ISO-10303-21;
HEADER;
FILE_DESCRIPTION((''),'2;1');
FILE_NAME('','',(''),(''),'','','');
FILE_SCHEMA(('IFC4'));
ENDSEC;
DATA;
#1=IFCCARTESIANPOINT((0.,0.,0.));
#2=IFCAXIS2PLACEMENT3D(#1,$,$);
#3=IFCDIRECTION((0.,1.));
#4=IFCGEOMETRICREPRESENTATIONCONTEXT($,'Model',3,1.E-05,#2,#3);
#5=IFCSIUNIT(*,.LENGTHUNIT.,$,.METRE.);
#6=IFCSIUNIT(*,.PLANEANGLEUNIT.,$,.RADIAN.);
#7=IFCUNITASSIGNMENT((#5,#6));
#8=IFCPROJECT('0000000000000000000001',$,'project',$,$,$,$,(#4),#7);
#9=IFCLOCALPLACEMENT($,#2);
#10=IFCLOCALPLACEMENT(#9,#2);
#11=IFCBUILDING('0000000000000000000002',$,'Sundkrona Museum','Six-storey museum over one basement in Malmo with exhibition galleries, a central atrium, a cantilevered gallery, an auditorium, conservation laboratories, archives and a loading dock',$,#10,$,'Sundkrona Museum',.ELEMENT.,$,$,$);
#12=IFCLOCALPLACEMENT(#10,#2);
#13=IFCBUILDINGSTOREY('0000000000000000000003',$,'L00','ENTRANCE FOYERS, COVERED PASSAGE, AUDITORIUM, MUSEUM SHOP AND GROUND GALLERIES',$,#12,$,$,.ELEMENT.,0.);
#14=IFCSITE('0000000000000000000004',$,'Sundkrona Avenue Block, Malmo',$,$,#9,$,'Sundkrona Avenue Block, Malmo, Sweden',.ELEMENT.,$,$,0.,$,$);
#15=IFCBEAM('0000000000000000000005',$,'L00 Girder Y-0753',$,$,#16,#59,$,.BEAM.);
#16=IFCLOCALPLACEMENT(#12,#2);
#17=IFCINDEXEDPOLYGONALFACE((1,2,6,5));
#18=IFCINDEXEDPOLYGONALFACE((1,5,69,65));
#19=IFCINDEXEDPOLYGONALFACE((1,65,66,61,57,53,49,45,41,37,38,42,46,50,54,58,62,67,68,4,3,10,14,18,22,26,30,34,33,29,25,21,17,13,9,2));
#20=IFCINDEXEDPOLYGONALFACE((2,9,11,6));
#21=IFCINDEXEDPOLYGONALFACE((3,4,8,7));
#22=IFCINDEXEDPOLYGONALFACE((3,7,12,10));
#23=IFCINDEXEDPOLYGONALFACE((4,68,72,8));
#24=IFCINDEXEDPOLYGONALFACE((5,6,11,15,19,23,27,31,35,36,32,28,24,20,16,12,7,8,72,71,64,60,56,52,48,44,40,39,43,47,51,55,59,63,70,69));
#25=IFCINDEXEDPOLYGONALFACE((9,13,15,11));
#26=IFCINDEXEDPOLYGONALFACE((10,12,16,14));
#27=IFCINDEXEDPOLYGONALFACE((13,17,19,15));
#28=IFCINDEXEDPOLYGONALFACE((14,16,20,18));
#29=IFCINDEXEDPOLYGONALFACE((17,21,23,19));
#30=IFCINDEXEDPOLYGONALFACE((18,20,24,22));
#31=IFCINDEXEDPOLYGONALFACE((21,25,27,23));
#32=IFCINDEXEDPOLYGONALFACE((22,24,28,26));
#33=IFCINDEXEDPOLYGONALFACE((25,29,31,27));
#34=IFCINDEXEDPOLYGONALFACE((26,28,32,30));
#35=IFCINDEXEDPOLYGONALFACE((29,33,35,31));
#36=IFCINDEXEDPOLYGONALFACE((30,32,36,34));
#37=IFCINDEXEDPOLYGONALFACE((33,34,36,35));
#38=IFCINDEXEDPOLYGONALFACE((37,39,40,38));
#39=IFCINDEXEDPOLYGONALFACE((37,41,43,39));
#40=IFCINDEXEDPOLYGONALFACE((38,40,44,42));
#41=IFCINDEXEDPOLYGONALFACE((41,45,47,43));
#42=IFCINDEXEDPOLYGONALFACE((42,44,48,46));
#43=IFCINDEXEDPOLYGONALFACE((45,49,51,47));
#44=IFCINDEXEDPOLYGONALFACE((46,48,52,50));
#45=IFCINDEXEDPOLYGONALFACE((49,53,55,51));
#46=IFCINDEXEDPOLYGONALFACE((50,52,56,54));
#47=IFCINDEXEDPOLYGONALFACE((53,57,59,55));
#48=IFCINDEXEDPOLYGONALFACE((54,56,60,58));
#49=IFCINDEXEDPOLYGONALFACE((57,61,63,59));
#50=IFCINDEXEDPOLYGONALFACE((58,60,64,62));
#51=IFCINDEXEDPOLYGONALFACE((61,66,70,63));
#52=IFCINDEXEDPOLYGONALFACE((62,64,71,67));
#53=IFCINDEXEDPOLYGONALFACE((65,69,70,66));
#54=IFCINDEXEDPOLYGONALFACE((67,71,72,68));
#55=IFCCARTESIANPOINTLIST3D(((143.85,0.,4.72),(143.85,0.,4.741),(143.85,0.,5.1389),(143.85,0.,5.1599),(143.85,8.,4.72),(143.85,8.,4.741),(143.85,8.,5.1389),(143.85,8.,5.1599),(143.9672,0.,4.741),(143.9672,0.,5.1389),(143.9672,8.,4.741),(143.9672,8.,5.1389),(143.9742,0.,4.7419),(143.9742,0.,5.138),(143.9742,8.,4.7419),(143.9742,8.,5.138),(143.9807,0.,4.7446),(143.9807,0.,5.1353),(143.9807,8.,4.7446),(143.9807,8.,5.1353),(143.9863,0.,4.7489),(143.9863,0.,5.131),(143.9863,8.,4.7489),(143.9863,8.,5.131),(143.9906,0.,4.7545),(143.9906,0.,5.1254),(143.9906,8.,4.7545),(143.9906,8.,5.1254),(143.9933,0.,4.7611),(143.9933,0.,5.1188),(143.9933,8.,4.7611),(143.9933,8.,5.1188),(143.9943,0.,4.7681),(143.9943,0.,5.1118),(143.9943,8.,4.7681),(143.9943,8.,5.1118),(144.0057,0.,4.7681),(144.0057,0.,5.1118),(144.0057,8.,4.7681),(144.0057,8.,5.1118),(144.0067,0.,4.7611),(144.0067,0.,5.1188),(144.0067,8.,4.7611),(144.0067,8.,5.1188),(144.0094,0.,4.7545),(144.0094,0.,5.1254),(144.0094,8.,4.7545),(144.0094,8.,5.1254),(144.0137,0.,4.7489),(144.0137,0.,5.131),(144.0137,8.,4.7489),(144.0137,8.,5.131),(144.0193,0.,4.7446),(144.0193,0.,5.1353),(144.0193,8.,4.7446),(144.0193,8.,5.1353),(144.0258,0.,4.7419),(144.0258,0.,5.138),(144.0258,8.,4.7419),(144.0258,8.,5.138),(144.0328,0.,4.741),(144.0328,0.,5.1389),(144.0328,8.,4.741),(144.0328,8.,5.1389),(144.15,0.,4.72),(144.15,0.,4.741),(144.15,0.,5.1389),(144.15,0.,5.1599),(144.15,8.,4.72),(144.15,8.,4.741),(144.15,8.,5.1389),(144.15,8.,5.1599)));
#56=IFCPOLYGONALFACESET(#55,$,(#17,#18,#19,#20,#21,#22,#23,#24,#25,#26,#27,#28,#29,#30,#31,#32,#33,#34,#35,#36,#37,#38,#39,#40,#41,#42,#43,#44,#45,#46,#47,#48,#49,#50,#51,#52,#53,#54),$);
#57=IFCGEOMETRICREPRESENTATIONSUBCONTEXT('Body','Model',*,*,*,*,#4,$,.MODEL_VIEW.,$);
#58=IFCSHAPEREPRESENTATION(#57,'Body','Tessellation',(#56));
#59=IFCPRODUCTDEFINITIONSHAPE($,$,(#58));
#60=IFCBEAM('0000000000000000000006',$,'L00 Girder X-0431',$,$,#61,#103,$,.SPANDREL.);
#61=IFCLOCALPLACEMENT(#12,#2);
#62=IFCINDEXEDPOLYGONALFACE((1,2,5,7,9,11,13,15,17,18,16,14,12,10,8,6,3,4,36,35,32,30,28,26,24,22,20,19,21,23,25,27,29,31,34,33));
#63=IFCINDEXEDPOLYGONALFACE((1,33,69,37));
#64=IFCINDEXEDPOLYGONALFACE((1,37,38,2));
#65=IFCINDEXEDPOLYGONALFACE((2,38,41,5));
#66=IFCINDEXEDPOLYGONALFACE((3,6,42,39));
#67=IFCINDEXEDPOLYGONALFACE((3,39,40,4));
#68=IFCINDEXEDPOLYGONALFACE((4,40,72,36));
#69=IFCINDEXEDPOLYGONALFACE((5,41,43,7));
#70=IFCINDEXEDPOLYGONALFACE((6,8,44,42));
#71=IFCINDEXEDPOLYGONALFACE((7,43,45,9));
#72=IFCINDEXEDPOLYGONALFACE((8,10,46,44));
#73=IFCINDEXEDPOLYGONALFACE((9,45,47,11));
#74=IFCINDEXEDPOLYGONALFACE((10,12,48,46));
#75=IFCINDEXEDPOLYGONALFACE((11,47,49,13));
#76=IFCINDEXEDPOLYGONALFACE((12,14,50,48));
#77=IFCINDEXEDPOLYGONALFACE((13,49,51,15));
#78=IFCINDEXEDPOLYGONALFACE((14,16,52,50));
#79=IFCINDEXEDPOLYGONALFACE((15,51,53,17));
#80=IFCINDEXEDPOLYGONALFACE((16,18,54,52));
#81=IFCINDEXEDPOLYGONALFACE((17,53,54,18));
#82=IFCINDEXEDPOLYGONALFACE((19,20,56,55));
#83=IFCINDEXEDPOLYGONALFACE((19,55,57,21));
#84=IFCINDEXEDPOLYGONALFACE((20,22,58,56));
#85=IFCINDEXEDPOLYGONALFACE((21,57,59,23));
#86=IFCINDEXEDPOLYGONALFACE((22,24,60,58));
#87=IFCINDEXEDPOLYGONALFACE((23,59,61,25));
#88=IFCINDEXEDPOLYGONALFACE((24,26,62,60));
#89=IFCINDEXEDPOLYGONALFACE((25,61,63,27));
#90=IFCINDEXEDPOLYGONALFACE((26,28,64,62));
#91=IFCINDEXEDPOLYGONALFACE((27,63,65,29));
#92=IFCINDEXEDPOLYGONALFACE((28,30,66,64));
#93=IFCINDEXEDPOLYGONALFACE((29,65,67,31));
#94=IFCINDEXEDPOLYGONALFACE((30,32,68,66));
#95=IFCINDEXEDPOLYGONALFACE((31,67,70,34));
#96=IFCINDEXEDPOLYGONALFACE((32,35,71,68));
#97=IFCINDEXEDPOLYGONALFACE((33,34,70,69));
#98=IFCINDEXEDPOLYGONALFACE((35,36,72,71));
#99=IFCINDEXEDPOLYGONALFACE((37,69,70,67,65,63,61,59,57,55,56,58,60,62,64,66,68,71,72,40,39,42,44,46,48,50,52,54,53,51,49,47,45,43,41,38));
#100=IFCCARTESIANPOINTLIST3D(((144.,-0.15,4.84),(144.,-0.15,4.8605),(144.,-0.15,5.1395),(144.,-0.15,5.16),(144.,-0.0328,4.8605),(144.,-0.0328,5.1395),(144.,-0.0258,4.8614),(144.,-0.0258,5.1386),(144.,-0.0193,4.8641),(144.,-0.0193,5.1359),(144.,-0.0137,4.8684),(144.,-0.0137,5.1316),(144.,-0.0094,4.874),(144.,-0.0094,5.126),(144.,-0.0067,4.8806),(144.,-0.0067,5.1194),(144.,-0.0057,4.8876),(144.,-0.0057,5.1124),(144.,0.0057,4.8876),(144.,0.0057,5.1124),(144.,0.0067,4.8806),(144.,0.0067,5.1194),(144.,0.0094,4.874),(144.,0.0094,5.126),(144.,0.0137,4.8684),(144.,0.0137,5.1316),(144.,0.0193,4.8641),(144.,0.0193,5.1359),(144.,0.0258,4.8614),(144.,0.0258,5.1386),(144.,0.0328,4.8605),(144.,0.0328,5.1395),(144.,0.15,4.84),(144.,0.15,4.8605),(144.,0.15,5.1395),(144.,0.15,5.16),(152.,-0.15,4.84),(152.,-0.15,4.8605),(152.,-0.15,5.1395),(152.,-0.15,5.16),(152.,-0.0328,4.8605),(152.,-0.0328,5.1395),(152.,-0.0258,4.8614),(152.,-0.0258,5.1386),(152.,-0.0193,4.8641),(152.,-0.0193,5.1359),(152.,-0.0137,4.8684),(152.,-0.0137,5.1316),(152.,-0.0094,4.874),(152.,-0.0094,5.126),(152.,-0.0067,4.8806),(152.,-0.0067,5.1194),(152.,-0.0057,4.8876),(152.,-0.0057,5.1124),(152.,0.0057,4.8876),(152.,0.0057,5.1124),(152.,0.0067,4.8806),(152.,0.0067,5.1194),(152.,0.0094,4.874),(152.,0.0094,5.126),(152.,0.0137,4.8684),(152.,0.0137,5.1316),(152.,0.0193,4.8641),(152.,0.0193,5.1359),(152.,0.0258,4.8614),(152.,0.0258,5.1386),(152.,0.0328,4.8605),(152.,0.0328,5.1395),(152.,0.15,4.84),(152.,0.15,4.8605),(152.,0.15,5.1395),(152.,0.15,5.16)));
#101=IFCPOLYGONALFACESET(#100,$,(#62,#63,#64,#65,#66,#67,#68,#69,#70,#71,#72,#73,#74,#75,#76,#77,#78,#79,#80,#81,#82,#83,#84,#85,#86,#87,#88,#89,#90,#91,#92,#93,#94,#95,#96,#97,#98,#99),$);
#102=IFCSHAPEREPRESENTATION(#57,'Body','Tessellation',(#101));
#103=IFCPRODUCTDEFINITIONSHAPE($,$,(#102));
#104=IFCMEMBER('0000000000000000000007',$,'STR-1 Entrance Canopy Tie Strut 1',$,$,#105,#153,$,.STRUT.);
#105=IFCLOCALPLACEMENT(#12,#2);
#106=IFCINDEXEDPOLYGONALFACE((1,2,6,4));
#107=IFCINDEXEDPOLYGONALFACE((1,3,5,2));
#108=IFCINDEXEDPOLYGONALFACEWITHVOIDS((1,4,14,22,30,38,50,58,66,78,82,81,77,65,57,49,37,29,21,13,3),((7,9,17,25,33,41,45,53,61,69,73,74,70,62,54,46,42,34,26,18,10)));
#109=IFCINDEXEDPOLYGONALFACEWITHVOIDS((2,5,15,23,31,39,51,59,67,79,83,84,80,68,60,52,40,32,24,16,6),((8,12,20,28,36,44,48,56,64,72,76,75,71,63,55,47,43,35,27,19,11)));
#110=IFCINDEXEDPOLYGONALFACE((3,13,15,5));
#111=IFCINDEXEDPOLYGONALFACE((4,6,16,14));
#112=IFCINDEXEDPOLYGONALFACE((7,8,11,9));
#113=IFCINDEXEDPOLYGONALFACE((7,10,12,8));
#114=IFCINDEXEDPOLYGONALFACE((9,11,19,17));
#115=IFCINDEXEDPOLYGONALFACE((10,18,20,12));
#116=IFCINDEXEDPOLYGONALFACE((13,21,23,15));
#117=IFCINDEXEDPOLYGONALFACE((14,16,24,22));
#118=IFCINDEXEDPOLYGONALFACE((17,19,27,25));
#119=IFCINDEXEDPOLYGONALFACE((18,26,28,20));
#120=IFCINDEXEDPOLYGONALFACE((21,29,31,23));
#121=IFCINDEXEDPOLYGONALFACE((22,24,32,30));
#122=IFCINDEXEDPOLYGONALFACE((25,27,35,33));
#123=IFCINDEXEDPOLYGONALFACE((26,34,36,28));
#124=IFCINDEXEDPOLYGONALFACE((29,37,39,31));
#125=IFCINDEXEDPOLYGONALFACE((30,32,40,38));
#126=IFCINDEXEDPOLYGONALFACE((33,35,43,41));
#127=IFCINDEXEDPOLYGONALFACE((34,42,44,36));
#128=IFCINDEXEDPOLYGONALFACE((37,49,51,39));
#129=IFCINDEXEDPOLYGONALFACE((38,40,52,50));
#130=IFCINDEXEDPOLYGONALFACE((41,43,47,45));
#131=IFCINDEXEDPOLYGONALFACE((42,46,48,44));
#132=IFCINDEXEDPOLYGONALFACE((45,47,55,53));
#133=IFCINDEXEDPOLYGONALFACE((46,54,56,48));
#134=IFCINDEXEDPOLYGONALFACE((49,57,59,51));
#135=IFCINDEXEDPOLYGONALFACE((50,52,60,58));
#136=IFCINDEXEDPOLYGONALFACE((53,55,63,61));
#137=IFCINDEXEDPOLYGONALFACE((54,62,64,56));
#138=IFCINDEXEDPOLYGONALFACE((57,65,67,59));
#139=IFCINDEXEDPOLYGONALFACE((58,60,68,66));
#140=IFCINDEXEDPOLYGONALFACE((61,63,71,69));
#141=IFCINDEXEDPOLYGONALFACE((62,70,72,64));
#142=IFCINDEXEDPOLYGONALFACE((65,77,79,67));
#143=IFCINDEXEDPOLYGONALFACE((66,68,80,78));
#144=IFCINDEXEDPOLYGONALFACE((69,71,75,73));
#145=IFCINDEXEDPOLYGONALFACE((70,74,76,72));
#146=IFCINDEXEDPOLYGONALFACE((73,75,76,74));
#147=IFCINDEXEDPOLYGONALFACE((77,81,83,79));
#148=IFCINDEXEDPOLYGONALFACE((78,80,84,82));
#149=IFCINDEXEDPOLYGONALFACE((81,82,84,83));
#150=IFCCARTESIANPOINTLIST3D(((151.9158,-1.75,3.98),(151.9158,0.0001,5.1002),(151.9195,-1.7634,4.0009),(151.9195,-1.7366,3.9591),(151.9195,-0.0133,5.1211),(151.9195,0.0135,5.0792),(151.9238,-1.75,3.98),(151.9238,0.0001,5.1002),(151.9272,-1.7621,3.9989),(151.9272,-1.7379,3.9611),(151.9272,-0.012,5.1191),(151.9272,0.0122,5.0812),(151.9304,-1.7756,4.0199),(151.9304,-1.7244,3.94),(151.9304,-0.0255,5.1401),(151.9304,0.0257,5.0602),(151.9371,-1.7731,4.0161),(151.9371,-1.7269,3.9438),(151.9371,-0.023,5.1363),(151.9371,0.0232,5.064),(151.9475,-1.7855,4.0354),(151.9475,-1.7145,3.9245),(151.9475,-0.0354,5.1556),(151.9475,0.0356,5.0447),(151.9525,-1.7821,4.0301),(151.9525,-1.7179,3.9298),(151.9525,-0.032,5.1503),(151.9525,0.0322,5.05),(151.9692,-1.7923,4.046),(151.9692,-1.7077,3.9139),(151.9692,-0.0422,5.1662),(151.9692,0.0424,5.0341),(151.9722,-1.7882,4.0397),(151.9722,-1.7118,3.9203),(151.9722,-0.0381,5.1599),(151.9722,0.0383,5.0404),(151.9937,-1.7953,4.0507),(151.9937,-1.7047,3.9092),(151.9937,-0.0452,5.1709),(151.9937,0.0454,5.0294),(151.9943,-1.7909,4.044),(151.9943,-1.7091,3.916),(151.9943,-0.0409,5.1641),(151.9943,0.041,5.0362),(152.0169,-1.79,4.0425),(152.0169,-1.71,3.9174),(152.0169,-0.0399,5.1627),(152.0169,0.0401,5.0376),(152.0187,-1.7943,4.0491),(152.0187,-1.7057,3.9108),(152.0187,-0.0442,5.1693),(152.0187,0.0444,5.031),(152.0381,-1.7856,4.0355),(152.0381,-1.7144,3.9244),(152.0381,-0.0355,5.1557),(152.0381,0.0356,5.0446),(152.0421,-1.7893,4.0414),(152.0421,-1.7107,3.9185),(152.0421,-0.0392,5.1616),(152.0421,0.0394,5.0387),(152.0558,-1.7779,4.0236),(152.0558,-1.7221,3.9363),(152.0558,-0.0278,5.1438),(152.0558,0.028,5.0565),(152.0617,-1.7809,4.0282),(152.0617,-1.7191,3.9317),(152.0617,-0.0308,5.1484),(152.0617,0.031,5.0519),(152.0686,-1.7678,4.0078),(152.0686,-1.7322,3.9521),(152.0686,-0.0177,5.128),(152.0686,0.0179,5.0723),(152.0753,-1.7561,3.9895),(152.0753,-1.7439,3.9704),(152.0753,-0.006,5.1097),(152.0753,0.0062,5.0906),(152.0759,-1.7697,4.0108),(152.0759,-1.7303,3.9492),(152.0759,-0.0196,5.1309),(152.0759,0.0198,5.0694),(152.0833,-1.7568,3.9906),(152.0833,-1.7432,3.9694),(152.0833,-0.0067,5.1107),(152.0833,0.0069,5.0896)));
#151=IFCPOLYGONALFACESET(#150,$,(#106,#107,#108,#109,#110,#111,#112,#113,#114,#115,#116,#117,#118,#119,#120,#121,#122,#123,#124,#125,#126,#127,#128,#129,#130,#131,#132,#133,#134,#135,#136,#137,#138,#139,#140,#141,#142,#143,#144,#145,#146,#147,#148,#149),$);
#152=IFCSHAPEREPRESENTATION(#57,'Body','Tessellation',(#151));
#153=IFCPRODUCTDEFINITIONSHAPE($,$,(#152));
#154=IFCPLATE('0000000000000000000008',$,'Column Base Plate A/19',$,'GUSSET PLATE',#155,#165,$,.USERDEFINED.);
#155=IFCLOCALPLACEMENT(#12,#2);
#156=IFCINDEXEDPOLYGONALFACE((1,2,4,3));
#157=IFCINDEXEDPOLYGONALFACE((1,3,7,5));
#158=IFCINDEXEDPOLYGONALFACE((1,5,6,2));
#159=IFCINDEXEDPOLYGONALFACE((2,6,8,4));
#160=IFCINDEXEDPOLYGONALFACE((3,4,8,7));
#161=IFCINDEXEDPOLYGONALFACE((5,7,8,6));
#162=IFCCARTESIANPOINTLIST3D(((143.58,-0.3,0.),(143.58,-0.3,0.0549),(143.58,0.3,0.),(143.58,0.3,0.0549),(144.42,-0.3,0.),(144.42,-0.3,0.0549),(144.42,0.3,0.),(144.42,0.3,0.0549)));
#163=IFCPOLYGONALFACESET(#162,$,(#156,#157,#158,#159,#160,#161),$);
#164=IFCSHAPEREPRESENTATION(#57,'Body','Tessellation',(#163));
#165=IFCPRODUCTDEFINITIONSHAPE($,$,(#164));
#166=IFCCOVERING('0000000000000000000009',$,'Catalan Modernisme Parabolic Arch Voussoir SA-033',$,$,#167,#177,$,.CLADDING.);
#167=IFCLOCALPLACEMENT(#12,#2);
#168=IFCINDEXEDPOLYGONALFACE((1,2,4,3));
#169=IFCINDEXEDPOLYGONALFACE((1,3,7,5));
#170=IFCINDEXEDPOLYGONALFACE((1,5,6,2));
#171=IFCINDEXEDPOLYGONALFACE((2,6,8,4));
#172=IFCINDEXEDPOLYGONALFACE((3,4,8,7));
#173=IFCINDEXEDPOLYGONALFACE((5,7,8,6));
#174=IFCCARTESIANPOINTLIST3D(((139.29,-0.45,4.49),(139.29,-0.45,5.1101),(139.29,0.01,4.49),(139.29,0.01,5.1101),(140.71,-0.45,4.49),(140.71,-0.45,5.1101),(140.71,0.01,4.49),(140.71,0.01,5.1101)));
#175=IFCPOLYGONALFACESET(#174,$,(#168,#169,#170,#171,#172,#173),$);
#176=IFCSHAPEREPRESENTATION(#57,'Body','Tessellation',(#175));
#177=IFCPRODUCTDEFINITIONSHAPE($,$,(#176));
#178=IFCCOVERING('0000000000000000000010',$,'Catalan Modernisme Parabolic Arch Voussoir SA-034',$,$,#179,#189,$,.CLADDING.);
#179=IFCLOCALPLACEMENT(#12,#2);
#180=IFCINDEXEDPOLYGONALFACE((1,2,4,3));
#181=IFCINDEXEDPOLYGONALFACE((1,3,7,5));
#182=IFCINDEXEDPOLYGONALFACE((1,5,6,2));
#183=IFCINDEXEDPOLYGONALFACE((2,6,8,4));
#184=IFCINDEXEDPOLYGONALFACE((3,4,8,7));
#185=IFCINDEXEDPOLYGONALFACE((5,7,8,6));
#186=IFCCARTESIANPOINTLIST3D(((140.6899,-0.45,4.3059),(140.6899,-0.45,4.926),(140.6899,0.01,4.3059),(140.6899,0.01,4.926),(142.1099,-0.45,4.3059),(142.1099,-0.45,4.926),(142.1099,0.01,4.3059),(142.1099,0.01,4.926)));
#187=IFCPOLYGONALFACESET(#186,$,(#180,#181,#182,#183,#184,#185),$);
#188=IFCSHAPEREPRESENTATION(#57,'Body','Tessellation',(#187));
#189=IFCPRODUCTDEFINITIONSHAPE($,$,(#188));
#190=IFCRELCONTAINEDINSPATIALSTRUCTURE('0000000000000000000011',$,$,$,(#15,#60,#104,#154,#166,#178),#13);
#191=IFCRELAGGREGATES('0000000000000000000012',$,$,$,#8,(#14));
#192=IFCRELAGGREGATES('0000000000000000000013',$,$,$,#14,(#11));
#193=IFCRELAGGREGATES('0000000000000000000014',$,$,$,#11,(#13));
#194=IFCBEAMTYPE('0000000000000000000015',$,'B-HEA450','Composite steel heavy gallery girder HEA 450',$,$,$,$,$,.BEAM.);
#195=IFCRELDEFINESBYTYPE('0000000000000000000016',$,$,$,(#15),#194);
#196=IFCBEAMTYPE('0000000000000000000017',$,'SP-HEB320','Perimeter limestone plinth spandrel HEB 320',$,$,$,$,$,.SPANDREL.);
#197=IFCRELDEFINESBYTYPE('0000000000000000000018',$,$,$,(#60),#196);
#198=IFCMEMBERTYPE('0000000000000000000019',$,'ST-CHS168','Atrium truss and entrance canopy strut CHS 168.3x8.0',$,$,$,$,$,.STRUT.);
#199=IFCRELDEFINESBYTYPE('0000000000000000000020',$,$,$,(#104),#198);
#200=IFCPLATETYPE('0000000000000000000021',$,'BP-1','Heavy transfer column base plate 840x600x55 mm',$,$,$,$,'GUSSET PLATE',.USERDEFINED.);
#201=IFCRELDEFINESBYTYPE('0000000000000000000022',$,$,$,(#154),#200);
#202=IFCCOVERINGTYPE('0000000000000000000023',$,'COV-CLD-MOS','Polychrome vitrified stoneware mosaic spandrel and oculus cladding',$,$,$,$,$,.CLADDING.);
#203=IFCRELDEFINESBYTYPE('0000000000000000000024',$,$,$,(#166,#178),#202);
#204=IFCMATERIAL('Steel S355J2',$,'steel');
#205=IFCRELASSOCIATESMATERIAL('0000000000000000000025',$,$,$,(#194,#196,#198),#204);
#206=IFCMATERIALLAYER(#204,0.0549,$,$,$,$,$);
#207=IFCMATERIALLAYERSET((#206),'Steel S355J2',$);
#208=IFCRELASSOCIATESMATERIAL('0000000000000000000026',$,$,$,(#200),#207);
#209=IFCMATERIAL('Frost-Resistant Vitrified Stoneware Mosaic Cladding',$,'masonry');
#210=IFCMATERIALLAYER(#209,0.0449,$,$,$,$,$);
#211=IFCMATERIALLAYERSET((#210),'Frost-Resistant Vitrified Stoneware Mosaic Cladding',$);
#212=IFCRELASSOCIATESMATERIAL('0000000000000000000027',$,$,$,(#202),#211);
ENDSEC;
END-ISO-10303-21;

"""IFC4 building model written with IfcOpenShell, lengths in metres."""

from ifc_helpers import new_model, si_unit, direction, frame, origin, origin_2d, place, context, subcontext, project, spatial, rectangle, hollow_circle, i_section, extrude, material, layer, layer_set, material_profile, profile_set, type_object, element, save


model = new_model("IFC4")

# Units and contexts
model_context = context("Model", 3, precision=1e-05, world=origin(), true_north=direction((0.0, 1.0)))
body_context = subcontext(model_context, "Body", "Model", "MODEL_VIEW")
ifc_project = project(units=[si_unit("LENGTHUNIT", "METRE"), si_unit("PLANEANGLEUNIT", "RADIAN")], contexts=[model_context])

# Site, building, storey
site_placement = place(None, origin())
site = spatial("IfcSite", under=ifc_project, at=site_placement, Name="Sundkrona Avenue Block, Malmo", LongName="Sundkrona Avenue Block, Malmo, Sweden", CompositionType="ELEMENT", RefElevation=0.0)
building_placement = place(site_placement, origin())
building = spatial("IfcBuilding", under=site, at=building_placement, Name="Sundkrona Museum", Description="Six-storey museum over one basement in Malmo with exhibition galleries, a central atrium, a cantilevered gallery, an auditorium, conservation laboratories, archives and a loading dock", LongName="Sundkrona Museum", CompositionType="ELEMENT")
storey_placement = place(building_placement, origin())
storey = spatial("IfcBuildingStorey", under=building, at=storey_placement, Name="L00", Description="ENTRANCE FOYERS, COVERED PASSAGE, AUDITORIUM, MUSEUM SHOP AND GROUND GALLERIES", CompositionType="ELEMENT", Elevation=0.0)

# Shared definitions
ifc_material_1 = material(Name="Steel S355J2", Category="steel")

# Beams
ifc_material_profile_1 = material_profile(ifc_material_1, i_section(OverallWidth=0.3, OverallDepth=0.4399, WebThickness=0.0115, FlangeThickness=0.021, FilletRadius=0.0271, at=origin_2d()), Name="HEA 450")
ifc_profile_set_1 = profile_set([ifc_material_profile_1], Name="Steel S355J2")
beam_type_1 = type_object("IfcBeamType", Name="B-HEA450", Description="Composite steel heavy gallery girder HEA 450", PredefinedType="BEAM", material=ifc_profile_set_1)
beam_1_placement = place(storey_placement, frame((144.0, 0.0, 4.9399), z_axis=(0.0, 1.0, 0.0), x_axis=(-1.0, 0.0, 0.0)))
element("IfcBeam", 1, at=beam_1_placement, inside=storey, type_object=beam_type_1, Name="L00 Girder Y-0753", PredefinedType="BEAM", context=body_context, shape_type="SweptSolid", body=[
    extrude(i_section(OverallWidth=0.3, OverallDepth=0.4399, WebThickness=0.0115, FlangeThickness=0.021, FilletRadius=0.0271, at=origin_2d()), origin(), (0.0, 0.0, 1.0), 8.0),
])
ifc_material_profile_2 = material_profile(ifc_material_1, i_section(OverallWidth=0.3, OverallDepth=0.3201, WebThickness=0.0115, FlangeThickness=0.0205, FilletRadius=0.0271, at=origin_2d()), Name="HEB 320")
ifc_profile_set_2 = profile_set([ifc_material_profile_2], Name="Steel S355J2")
beam_type_2 = type_object("IfcBeamType", Name="SP-HEB320", Description="Perimeter limestone plinth spandrel HEB 320", PredefinedType="SPANDREL", material=ifc_profile_set_2)
beam_2_placement = place(storey_placement, frame((144.0, 0.0, 5.0), z_axis=(1.0, 0.0, 0.0), x_axis=(0.0, 1.0, 0.0)))
element("IfcBeam", 2, at=beam_2_placement, inside=storey, type_object=beam_type_2, Name="L00 Girder X-0431", PredefinedType="SPANDREL", context=body_context, shape_type="SweptSolid", body=[
    extrude(i_section(OverallWidth=0.3, OverallDepth=0.3201, WebThickness=0.0115, FlangeThickness=0.0205, FilletRadius=0.0271, at=origin_2d()), origin(), (0.0, 0.0, 1.0), 8.0),
])

# Member
ifc_material_profile_3 = material_profile(ifc_material_1, hollow_circle(Radius=0.0842, WallThickness=0.0081, at=origin_2d()), Name="CHS 168.3x8.0")
ifc_profile_set_3 = profile_set([ifc_material_profile_3], Name="Steel S355J2")
member_type = type_object("IfcMemberType", Name="ST-CHS168", Description="Atrium truss and entrance canopy strut CHS 168.3x8.0", PredefinedType="STRUT", material=ifc_profile_set_3)
member_placement = place(storey_placement, frame((152.0, -1.75, 3.98), z_axis=(0.0, 0.842246, 0.539094), x_axis=(-1.0, 0.0, 0.0)))
element("IfcMember", 3, at=member_placement, inside=storey, type_object=member_type, Name="STR-1 Entrance Canopy Tie Strut 1", PredefinedType="STRUT", context=body_context, shape_type="SweptSolid", body=[
    extrude(hollow_circle(Radius=0.0842, WallThickness=0.0081, at=origin_2d()), origin(), (0.0, 0.0, 1.0), 2.0779),
])

# Plate
ifc_layer_1 = layer(ifc_material_1, 0.0549)
ifc_layer_set_1 = layer_set([ifc_layer_1], Name="Steel S355J2")
plate_type = type_object("IfcPlateType", Name="BP-1", Description="Heavy transfer column base plate 840x600x55 mm", ElementType="GUSSET PLATE", PredefinedType="USERDEFINED", material=ifc_layer_set_1)
plate_placement = place(storey_placement, frame((144.0, 0.0, 0.0), z_axis=(0.0, 0.0, 1.0), x_axis=(1.0, 0.0, 0.0)))
element("IfcPlate", 4, at=plate_placement, inside=storey, type_object=plate_type, Name="Column Base Plate A/19", ObjectType="GUSSET PLATE", PredefinedType="USERDEFINED", context=body_context, shape_type="SweptSolid", body=[
    extrude(rectangle(XDim=0.8401, YDim=0.6001, at=origin_2d()), origin(), (0.0, 0.0, 1.0), 0.0549),
])

# Coverings
ifc_material_2 = material(Name="Frost-Resistant Vitrified Stoneware Mosaic Cladding", Category="masonry")
ifc_layer_2 = layer(ifc_material_2, 0.0449)
ifc_layer_set_2 = layer_set([ifc_layer_2], Name="Frost-Resistant Vitrified Stoneware Mosaic Cladding")
covering_type = type_object("IfcCoveringType", Name="COV-CLD-MOS", Description="Polychrome vitrified stoneware mosaic spandrel and oculus cladding", PredefinedType="CLADDING", material=ifc_layer_set_2)
for number, where, z_axis, x_axis, name in (
    (5, (140.0, -0.22, 4.49), (0.0, 0.0, 1.0), (1.0, 0.0, 0.0), "Catalan Modernisme Parabolic Arch Voussoir SA-033"),
    (6, (141.3999, -0.22, 4.3059), (0.0, 0.0, 1.0), (1.0, 0.0, 0.0), "Catalan Modernisme Parabolic Arch Voussoir SA-034"),
):
    element("IfcCovering", number, at=place(storey_placement, frame(where, z_axis=z_axis, x_axis=x_axis)), inside=storey, type_object=covering_type, Name=name, PredefinedType="CLADDING", context=body_context, shape_type="SweptSolid", body=[
        extrude(rectangle(XDim=1.4199, YDim=0.46, at=origin_2d()), origin(), (0.0, 0.0, 1.0), 0.6201),
    ])

save(model, "model.ifc")
